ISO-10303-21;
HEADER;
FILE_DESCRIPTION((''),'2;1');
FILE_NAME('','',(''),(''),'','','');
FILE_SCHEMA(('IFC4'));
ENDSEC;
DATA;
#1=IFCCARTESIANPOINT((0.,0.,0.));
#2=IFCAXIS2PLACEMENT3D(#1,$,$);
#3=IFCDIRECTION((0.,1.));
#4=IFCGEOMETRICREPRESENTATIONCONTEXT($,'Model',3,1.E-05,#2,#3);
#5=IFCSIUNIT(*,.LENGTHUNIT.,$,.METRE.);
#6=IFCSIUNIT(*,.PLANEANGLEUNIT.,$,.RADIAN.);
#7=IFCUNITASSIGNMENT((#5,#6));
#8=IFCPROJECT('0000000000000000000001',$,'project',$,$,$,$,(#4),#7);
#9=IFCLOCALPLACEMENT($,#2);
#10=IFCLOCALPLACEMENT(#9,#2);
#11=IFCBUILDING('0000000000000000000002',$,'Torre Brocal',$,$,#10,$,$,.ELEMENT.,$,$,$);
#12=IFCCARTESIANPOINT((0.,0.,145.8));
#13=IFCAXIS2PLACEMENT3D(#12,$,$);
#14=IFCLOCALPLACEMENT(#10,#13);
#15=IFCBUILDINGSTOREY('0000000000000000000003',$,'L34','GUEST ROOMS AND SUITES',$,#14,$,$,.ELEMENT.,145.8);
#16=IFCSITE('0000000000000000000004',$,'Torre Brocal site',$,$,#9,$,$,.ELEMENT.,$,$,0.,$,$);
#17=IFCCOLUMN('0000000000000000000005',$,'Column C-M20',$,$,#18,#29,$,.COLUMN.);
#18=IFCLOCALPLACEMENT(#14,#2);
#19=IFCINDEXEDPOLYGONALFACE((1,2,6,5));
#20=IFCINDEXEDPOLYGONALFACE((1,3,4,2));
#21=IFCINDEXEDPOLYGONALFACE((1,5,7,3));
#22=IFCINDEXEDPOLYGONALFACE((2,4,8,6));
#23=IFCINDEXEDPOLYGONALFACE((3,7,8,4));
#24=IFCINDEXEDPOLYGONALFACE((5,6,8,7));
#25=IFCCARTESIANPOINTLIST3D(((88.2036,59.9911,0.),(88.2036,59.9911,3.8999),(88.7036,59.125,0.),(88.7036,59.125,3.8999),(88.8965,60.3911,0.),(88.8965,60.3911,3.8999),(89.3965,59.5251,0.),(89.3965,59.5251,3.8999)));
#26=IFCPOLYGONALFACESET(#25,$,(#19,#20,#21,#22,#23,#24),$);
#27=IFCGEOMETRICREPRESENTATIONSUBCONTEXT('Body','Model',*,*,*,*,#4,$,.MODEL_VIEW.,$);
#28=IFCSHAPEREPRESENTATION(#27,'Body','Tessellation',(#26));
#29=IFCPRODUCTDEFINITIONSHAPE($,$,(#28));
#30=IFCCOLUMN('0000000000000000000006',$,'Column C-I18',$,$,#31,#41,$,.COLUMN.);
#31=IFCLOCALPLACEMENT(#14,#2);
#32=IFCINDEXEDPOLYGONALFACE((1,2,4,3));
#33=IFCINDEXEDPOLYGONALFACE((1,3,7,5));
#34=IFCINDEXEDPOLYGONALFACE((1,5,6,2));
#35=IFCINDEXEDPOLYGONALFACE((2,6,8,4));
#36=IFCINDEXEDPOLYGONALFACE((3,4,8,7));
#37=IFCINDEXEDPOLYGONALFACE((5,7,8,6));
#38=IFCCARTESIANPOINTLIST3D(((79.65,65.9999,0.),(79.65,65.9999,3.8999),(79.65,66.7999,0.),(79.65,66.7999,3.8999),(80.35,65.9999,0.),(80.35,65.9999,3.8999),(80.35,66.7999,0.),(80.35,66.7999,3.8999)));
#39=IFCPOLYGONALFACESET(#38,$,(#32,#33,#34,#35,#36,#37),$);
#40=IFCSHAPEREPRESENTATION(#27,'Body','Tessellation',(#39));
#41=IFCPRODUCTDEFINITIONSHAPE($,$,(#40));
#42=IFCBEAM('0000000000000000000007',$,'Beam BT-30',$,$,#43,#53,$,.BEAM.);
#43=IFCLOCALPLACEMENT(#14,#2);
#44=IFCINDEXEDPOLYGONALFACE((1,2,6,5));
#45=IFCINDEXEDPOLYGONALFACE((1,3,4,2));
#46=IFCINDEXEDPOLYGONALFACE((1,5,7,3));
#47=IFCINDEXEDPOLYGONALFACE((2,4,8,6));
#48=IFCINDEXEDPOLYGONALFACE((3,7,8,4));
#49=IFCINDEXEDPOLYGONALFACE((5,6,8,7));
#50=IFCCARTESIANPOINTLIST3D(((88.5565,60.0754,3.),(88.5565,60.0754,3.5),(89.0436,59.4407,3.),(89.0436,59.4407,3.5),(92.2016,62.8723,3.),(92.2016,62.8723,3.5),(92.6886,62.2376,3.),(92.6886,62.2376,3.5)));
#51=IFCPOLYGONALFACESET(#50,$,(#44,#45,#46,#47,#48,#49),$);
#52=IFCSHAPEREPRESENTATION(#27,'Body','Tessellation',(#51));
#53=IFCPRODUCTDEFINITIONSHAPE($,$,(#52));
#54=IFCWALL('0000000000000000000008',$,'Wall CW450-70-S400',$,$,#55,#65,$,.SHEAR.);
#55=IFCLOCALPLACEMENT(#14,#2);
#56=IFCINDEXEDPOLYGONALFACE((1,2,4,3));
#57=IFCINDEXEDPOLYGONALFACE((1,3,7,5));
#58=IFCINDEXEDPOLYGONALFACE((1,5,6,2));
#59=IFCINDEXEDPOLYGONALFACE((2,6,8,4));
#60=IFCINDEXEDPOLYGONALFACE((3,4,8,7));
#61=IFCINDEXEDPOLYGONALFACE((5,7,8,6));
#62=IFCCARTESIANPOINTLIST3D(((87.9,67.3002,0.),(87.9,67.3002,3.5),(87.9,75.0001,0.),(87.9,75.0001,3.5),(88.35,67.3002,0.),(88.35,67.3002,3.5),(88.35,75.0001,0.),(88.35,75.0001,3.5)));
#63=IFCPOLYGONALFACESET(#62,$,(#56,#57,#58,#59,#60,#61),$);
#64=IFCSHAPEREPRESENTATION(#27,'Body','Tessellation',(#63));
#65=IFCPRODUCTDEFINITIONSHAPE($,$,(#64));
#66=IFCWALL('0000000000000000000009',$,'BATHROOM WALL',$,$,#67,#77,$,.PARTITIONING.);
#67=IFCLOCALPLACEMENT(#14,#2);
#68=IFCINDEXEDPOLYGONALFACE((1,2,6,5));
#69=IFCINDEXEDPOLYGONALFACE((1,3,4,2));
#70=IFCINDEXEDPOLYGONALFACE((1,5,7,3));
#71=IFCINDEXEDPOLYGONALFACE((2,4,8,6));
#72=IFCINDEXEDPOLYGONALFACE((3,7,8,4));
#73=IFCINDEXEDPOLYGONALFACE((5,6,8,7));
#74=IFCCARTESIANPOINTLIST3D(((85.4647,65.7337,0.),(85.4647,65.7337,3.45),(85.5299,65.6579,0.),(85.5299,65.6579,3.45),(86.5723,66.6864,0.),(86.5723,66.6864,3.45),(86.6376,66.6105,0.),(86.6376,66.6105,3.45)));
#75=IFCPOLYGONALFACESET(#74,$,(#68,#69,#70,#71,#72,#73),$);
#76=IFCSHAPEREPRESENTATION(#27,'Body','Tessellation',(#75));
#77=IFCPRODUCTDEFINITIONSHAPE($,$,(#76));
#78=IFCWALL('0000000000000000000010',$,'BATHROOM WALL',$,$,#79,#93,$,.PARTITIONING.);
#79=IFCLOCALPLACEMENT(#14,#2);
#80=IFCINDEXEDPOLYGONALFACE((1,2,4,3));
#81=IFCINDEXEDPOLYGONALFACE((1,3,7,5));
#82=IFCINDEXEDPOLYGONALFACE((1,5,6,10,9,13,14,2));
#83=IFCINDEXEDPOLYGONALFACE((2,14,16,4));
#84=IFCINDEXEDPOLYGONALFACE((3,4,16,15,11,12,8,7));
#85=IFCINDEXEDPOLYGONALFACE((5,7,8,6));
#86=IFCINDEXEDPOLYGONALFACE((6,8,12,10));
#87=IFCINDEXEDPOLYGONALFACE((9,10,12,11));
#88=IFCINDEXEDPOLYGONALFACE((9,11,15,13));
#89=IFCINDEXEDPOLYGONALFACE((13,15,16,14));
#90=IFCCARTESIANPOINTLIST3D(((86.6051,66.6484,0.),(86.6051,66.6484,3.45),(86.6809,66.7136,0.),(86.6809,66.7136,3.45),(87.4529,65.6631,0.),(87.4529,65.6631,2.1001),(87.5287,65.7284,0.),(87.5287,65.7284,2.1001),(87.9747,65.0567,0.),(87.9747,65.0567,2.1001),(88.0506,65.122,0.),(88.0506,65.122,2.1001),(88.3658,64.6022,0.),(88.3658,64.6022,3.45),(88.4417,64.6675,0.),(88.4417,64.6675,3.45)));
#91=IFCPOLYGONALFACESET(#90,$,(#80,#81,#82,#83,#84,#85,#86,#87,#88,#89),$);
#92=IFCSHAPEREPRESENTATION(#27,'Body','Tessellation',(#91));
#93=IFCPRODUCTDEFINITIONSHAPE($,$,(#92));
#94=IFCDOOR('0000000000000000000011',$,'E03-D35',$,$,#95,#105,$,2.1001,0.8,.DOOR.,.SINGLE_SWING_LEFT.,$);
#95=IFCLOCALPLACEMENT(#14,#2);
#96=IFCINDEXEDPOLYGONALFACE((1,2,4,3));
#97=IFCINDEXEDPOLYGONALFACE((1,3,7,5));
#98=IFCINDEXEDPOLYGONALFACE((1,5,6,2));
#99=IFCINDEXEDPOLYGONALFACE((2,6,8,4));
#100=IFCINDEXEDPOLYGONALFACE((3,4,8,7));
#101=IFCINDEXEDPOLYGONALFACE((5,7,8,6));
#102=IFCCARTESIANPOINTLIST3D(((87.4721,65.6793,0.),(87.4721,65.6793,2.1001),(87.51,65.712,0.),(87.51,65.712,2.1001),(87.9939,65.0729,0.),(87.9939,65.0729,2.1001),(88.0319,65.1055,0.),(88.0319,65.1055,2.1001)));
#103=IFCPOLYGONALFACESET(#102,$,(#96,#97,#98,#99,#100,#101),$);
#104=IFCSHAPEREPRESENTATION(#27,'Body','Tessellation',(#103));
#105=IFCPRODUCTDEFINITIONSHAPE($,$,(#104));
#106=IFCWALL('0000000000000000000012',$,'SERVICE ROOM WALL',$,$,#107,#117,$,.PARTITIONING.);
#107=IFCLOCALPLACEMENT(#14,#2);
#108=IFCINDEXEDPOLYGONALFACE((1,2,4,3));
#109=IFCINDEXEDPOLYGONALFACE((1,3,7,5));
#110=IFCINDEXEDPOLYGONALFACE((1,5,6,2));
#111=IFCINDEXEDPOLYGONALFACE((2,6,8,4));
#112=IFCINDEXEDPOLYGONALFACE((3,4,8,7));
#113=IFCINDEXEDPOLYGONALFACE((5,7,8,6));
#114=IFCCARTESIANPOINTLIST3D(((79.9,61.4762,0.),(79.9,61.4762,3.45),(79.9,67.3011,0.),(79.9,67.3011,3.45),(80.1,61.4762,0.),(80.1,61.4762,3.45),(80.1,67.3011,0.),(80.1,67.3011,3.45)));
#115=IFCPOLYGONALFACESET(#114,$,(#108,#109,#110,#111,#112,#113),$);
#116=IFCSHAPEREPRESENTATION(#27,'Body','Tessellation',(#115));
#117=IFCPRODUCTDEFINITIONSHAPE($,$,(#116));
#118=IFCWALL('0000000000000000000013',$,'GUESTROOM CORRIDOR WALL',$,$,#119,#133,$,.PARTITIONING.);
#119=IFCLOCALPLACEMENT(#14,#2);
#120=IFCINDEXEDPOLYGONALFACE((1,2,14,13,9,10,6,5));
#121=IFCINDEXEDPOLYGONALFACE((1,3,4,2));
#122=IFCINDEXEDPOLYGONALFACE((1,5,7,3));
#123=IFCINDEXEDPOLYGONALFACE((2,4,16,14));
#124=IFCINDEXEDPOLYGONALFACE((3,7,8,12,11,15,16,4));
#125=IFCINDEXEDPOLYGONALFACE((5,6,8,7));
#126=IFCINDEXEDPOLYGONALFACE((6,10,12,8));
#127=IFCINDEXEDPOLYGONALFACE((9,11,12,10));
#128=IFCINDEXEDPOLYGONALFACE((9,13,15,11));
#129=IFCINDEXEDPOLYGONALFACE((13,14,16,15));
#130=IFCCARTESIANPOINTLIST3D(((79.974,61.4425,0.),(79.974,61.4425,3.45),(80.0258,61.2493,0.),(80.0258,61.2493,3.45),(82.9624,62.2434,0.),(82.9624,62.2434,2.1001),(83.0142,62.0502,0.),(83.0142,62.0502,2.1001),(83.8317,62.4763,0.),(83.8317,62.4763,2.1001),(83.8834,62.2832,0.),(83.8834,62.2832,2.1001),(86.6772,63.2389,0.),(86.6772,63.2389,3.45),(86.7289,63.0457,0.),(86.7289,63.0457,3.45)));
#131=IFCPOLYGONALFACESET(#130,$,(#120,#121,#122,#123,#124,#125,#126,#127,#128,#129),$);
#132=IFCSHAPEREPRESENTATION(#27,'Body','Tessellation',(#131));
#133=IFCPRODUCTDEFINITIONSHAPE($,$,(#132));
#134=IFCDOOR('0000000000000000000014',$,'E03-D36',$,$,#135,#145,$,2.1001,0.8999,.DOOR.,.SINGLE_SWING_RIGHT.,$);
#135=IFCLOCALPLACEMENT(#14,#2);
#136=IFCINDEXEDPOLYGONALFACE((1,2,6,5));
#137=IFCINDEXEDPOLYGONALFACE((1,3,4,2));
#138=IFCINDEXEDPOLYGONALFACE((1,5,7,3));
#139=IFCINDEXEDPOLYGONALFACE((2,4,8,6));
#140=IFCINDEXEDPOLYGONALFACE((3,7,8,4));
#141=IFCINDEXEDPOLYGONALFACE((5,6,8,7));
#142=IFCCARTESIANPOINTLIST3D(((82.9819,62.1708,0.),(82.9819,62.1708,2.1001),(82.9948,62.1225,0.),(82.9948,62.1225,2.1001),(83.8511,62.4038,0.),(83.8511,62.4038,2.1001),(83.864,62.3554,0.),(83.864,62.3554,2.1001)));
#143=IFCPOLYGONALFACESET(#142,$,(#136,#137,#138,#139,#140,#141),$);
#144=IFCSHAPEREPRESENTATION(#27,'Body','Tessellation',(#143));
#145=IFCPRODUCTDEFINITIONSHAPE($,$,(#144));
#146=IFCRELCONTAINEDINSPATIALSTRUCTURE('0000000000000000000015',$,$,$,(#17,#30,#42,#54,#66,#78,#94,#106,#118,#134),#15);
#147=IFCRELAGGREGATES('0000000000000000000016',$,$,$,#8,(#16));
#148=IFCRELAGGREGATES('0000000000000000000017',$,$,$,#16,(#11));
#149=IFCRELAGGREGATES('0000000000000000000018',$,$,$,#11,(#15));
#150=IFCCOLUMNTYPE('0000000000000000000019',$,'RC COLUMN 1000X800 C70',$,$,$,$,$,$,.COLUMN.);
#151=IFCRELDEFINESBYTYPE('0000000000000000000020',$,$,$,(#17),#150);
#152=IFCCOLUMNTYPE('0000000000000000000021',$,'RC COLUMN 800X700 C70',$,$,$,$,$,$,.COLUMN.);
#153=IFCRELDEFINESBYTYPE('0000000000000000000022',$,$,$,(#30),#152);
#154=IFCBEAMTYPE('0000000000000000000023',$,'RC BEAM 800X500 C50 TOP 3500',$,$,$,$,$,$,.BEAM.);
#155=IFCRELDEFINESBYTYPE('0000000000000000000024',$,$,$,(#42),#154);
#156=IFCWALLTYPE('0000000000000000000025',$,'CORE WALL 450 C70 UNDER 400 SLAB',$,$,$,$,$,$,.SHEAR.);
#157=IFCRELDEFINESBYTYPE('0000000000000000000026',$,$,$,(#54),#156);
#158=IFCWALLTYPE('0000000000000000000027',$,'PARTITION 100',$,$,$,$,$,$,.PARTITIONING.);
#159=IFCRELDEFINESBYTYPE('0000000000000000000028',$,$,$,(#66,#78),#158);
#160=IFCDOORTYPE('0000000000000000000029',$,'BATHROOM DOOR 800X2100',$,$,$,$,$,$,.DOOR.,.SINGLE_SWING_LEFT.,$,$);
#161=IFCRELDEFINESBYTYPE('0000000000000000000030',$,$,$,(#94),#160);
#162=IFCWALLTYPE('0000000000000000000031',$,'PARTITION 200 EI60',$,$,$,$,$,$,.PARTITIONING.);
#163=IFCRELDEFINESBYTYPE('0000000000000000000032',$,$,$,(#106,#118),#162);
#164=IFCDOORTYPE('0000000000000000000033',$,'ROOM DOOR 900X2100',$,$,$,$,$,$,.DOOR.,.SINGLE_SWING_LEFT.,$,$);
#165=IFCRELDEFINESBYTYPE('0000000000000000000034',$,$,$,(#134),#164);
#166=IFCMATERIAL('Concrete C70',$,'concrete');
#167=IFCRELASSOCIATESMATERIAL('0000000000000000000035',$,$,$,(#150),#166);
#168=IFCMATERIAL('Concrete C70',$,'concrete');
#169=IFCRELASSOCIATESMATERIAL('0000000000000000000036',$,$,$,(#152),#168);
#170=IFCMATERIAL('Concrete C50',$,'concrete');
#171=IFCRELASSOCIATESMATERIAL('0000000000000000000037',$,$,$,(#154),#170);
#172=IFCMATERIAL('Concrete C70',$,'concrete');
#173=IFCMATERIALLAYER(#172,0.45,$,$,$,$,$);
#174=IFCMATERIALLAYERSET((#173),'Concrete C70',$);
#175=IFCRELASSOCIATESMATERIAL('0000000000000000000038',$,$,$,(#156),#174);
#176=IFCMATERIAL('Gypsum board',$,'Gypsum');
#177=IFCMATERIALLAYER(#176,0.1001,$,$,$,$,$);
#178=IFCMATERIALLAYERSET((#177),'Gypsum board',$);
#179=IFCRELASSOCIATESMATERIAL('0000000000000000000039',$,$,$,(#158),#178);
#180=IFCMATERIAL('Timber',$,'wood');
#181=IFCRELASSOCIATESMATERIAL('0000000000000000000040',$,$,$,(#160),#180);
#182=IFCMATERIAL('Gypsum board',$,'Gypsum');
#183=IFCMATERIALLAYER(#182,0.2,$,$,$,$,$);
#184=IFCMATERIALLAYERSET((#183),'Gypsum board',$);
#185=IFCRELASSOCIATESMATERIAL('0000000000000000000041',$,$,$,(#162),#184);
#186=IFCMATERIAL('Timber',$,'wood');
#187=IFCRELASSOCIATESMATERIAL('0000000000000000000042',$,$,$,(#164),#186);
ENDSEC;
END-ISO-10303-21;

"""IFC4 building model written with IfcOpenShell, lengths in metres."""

from ifc_helpers import new_model, si_unit, direction, frame, frame_2d, origin, origin_2d, place, context, subcontext, project, spatial, rectangle, extrude, material, layer, layer_set, material_profile, profile_set, type_object, element, fill, save


model = new_model("IFC4")

# Units and contexts
model_context = context("Model", 3, precision=1e-05, world=origin(), true_north=direction((0.0, 1.0)))
body_context = subcontext(model_context, "Body", "Model", "MODEL_VIEW")
ifc_project = project(units=[si_unit("LENGTHUNIT", "METRE"), si_unit("PLANEANGLEUNIT", "RADIAN")], contexts=[model_context])

# Site, building, storey
site_placement = place(None, origin())
site = spatial("IfcSite", under=ifc_project, at=site_placement, Name="Torre Brocal site", CompositionType="ELEMENT", RefElevation=0.0)
building_placement = place(site_placement, origin())
building = spatial("IfcBuilding", under=site, at=building_placement, Name="Torre Brocal", CompositionType="ELEMENT")
storey_placement = place(building_placement, frame((0.0, 0.0, 145.8)))
storey = spatial("IfcBuildingStorey", under=building, at=storey_placement, Name="L34", Description="GUEST ROOMS AND SUITES", CompositionType="ELEMENT", Elevation=145.8)

# Columns
ifc_material_1 = material(Name="Concrete C70", Category="concrete")
ifc_material_profile_1 = material_profile(ifc_material_1, rectangle(XDim=1.0, YDim=0.8, at=origin_2d()), Name="RC 1000X800")
ifc_profile_set_1 = profile_set([ifc_material_profile_1], Name="Concrete C70")
column_type_1 = type_object("IfcColumnType", Name="RC COLUMN 1000X800 C70", PredefinedType="COLUMN", material=ifc_profile_set_1)
column_1_placement = place(storey_placement, frame((88.8, 59.7581, 0.0), z_axis=(0.0, 0.0, 1.0), x_axis=(0.5, -0.866025, 0.0)))
element("IfcColumn", 1, at=column_1_placement, inside=storey, type_object=column_type_1, Name="Column C-M20", PredefinedType="COLUMN", context=body_context, shape_type="SweptSolid", body=[
    extrude(rectangle(XDim=1.0, YDim=0.8, at=origin_2d()), origin(), (0.0, 0.0, 1.0), 3.8999),
])
ifc_material_2 = material(Name="Concrete C70", Category="concrete")
ifc_material_profile_2 = material_profile(ifc_material_2, rectangle(XDim=0.8, YDim=0.7, at=origin_2d()), Name="RC 800X700")
ifc_profile_set_2 = profile_set([ifc_material_profile_2], Name="Concrete C70")
column_type_2 = type_object("IfcColumnType", Name="RC COLUMN 800X700 C70", PredefinedType="COLUMN", material=ifc_profile_set_2)
column_2_placement = place(storey_placement, frame((80.0, 66.3999, 0.0), z_axis=(0.0, 0.0, 1.0), x_axis=(0.0, -1.0, 0.0)))
element("IfcColumn", 2, at=column_2_placement, inside=storey, type_object=column_type_2, Name="Column C-I18", PredefinedType="COLUMN", context=body_context, shape_type="SweptSolid", body=[
    extrude(rectangle(XDim=0.8, YDim=0.7, at=origin_2d()), origin(), (0.0, 0.0, 1.0), 3.8999),
])

# Beam
ifc_material_3 = material(Name="Concrete C50", Category="concrete")
ifc_material_profile_3 = material_profile(ifc_material_3, rectangle(XDim=0.8, YDim=0.5, at=origin_2d()), Name="RC 800X500")
ifc_profile_set_3 = profile_set([ifc_material_profile_3], Name="Concrete C50")
beam_type = type_object("IfcBeamType", Name="RC BEAM 800X500 C50 TOP 3500", PredefinedType="BEAM", material=ifc_profile_set_3)
beam_placement = place(storey_placement, frame((88.8, 59.7581, 3.25), z_axis=(0.793358, 0.608755, 0.0), x_axis=(-0.608755, 0.793358, 0.0)))
element("IfcBeam", 3, at=beam_placement, inside=storey, type_object=beam_type, Name="Beam BT-30", PredefinedType="BEAM", context=body_context, shape_type="SweptSolid", body=[
    extrude(rectangle(XDim=0.8, YDim=0.5, at=origin_2d()), origin(), (0.0, 0.0, 1.0), 4.5945),
])

# Wall
ifc_material_4 = material(Name="Concrete C70", Category="concrete")
ifc_layer_1 = layer(ifc_material_4, 0.45)
ifc_layer_set_1 = layer_set([ifc_layer_1], Name="Concrete C70")
wall_type_1 = type_object("IfcWallType", Name="CORE WALL 450 C70 UNDER 400 SLAB", PredefinedType="SHEAR", material=ifc_layer_set_1)
wall_1_placement = place(storey_placement, frame((88.125, 67.3, 0.0), z_axis=(0.0, 0.0, 1.0), x_axis=(0.0, 1.0, 0.0)))
element("IfcWall", 4, at=wall_1_placement, inside=storey, type_object=wall_type_1, Name="Wall CW450-70-S400", PredefinedType="SHEAR", context=body_context, shape_type="SweptSolid", body=[
    extrude(rectangle(XDim=7.7, YDim=0.45, at=frame_2d((3.8501, 0.0))), origin(), (0.0, 0.0, 1.0), 3.5),
])

# Wall
ifc_material_5 = material(Name="Gypsum board", Category="Gypsum")
ifc_layer_2 = layer(ifc_material_5, 0.1001)
ifc_layer_set_2 = layer_set([ifc_layer_2], Name="Gypsum board")
wall_type_2 = type_object("IfcWallType", Name="PARTITION 100", PredefinedType="PARTITIONING", material=ifc_layer_set_2)
wall_2_placement = place(storey_placement, frame((85.4973, 65.6958, 0.0), z_axis=(0.0, 0.0, 1.0), x_axis=(0.75817, 0.652057, 0.0)))
element("IfcWall", 5, at=wall_2_placement, inside=storey, type_object=wall_type_2, Name="BATHROOM WALL", PredefinedType="PARTITIONING", context=body_context, shape_type="SweptSolid", body=[
    extrude(rectangle(XDim=1.4609, YDim=0.1001, at=frame_2d((0.7305, 0.0))), origin(), (0.0, 0.0, 1.0), 3.45),
])

# Wall, opening, door
wall_3_placement = place(storey_placement, frame((86.6431, 66.6809, 0.0), z_axis=(0.0, 0.0, 1.0), x_axis=(0.652265, -0.757991, 0.0)))
wall_3 = element("IfcWall", 6, at=wall_3_placement, inside=storey, type_object=wall_type_2, Name="BATHROOM WALL", PredefinedType="PARTITIONING", context=body_context, shape_type="SweptSolid", body=[
    extrude(rectangle(XDim=2.6995, YDim=0.1001, at=frame_2d((1.3496, 0.0))), origin(), (0.0, 0.0, 1.0), 3.45),
])
opening_1_placement = place(wall_3_placement, frame((1.2998, 0.0, 0.0)))
opening_1 = element("IfcOpeningElement", 7, at=opening_1_placement, cuts=wall_3, PredefinedType="OPENING", context=body_context, shape_type="SweptSolid", body=[
    extrude(rectangle(XDim=0.8, YDim=2.1001, at=frame_2d((0.3999, 1.05))), frame((0.0, 0.0601, 0.0), z_axis=(0.0, -1.0, 0.0), x_axis=(1.0, 0.0, 0.0)), (0.0, 0.0, 1.0), 0.1201),
])
ifc_material_6 = material(Name="Timber", Category="wood")
door_type_1 = type_object("IfcDoorType", Name="BATHROOM DOOR 800X2100", OperationType="SINGLE_SWING_LEFT", PredefinedType="DOOR", material=ifc_material_6)
door_1_placement = place(opening_1_placement, frame((0.8, 0.0, 0.0), z_axis=(0.0, 0.0, 1.0), x_axis=(-1.0, 0.0, 0.0)))
door_1 = element("IfcDoor", 8, at=door_1_placement, inside=storey, type_object=door_type_1, Name="E03-D35", OperationType="SINGLE_SWING_LEFT", OverallHeight=2.1001, OverallWidth=0.8, PredefinedType="DOOR", context=body_context, shape_type="SweptSolid", body=[
    extrude(rectangle(XDim=0.8, YDim=2.1001, at=frame_2d((0.3999, 1.05))), frame((0.0, 0.0249, 0.0), z_axis=(0.0, -1.0, 0.0), x_axis=(1.0, 0.0, 0.0)), (0.0, 0.0, 1.0), 0.05),
])
fill(opening_1, door_1)

# Wall
ifc_material_7 = material(Name="Gypsum board", Category="Gypsum")
ifc_layer_3 = layer(ifc_material_7, 0.2)
ifc_layer_set_3 = layer_set([ifc_layer_3], Name="Gypsum board")
wall_type_3 = type_object("IfcWallType", Name="PARTITION 200 EI60", PredefinedType="PARTITIONING", material=ifc_layer_set_3)
wall_4_placement = place(storey_placement, frame((80.0, 61.4761, 0.0), z_axis=(0.0, 0.0, 1.0), x_axis=(0.0, 1.0, 0.0)))
element("IfcWall", 9, at=wall_4_placement, inside=storey, type_object=wall_type_3, Name="SERVICE ROOM WALL", PredefinedType="PARTITIONING", context=body_context, shape_type="SweptSolid", body=[
    extrude(rectangle(XDim=5.825, YDim=0.2, at=frame_2d((2.9126, 0.0))), origin(), (0.0, 0.0, 1.0), 3.45),
])

# Wall, opening, door
wall_5_placement = place(storey_placement, frame((80.0, 61.3459, 0.0), z_axis=(0.0, 0.0, 1.0), x_axis=(0.965915, 0.258858, 0.0)))
wall_5 = element("IfcWall", 10, at=wall_5_placement, inside=storey, type_object=wall_type_3, Name="GUESTROOM CORRIDOR WALL", PredefinedType="PARTITIONING", context=body_context, shape_type="SweptSolid", body=[
    extrude(rectangle(XDim=6.9397, YDim=0.2, at=frame_2d((3.4697, 0.0))), origin(), (0.0, 0.0, 1.0), 3.45),
])
opening_2_placement = place(wall_5_placement, frame((3.0938, 0.0, 0.0)))
opening_2 = element("IfcOpeningElement", 11, at=opening_2_placement, cuts=wall_5, PredefinedType="OPENING", context=body_context, shape_type="SweptSolid", body=[
    extrude(rectangle(XDim=0.8999, YDim=2.1001, at=frame_2d((0.45, 1.05))), frame((0.0, 0.1099, 0.0), z_axis=(0.0, -1.0, 0.0), x_axis=(1.0, 0.0, 0.0)), (0.0, 0.0, 1.0), 0.22),
])
ifc_material_8 = material(Name="Timber", Category="wood")
door_type_2 = type_object("IfcDoorType", Name="ROOM DOOR 900X2100", OperationType="SINGLE_SWING_LEFT", PredefinedType="DOOR", material=ifc_material_8)
door_2_placement = place(opening_2_placement, origin())
door_2 = element("IfcDoor", 12, at=door_2_placement, inside=storey, type_object=door_type_2, Name="E03-D36", OperationType="SINGLE_SWING_RIGHT", OverallHeight=2.1001, OverallWidth=0.8999, PredefinedType="DOOR", context=body_context, shape_type="SweptSolid", body=[
    extrude(rectangle(XDim=0.8999, YDim=2.1001, at=frame_2d((0.45, 1.05))), frame((0.0, 0.0249, 0.0), z_axis=(0.0, -1.0, 0.0), x_axis=(1.0, 0.0, 0.0)), (0.0, 0.0, 1.0), 0.05),
])
fill(opening_2, door_2)

save(model, "model.ifc")
